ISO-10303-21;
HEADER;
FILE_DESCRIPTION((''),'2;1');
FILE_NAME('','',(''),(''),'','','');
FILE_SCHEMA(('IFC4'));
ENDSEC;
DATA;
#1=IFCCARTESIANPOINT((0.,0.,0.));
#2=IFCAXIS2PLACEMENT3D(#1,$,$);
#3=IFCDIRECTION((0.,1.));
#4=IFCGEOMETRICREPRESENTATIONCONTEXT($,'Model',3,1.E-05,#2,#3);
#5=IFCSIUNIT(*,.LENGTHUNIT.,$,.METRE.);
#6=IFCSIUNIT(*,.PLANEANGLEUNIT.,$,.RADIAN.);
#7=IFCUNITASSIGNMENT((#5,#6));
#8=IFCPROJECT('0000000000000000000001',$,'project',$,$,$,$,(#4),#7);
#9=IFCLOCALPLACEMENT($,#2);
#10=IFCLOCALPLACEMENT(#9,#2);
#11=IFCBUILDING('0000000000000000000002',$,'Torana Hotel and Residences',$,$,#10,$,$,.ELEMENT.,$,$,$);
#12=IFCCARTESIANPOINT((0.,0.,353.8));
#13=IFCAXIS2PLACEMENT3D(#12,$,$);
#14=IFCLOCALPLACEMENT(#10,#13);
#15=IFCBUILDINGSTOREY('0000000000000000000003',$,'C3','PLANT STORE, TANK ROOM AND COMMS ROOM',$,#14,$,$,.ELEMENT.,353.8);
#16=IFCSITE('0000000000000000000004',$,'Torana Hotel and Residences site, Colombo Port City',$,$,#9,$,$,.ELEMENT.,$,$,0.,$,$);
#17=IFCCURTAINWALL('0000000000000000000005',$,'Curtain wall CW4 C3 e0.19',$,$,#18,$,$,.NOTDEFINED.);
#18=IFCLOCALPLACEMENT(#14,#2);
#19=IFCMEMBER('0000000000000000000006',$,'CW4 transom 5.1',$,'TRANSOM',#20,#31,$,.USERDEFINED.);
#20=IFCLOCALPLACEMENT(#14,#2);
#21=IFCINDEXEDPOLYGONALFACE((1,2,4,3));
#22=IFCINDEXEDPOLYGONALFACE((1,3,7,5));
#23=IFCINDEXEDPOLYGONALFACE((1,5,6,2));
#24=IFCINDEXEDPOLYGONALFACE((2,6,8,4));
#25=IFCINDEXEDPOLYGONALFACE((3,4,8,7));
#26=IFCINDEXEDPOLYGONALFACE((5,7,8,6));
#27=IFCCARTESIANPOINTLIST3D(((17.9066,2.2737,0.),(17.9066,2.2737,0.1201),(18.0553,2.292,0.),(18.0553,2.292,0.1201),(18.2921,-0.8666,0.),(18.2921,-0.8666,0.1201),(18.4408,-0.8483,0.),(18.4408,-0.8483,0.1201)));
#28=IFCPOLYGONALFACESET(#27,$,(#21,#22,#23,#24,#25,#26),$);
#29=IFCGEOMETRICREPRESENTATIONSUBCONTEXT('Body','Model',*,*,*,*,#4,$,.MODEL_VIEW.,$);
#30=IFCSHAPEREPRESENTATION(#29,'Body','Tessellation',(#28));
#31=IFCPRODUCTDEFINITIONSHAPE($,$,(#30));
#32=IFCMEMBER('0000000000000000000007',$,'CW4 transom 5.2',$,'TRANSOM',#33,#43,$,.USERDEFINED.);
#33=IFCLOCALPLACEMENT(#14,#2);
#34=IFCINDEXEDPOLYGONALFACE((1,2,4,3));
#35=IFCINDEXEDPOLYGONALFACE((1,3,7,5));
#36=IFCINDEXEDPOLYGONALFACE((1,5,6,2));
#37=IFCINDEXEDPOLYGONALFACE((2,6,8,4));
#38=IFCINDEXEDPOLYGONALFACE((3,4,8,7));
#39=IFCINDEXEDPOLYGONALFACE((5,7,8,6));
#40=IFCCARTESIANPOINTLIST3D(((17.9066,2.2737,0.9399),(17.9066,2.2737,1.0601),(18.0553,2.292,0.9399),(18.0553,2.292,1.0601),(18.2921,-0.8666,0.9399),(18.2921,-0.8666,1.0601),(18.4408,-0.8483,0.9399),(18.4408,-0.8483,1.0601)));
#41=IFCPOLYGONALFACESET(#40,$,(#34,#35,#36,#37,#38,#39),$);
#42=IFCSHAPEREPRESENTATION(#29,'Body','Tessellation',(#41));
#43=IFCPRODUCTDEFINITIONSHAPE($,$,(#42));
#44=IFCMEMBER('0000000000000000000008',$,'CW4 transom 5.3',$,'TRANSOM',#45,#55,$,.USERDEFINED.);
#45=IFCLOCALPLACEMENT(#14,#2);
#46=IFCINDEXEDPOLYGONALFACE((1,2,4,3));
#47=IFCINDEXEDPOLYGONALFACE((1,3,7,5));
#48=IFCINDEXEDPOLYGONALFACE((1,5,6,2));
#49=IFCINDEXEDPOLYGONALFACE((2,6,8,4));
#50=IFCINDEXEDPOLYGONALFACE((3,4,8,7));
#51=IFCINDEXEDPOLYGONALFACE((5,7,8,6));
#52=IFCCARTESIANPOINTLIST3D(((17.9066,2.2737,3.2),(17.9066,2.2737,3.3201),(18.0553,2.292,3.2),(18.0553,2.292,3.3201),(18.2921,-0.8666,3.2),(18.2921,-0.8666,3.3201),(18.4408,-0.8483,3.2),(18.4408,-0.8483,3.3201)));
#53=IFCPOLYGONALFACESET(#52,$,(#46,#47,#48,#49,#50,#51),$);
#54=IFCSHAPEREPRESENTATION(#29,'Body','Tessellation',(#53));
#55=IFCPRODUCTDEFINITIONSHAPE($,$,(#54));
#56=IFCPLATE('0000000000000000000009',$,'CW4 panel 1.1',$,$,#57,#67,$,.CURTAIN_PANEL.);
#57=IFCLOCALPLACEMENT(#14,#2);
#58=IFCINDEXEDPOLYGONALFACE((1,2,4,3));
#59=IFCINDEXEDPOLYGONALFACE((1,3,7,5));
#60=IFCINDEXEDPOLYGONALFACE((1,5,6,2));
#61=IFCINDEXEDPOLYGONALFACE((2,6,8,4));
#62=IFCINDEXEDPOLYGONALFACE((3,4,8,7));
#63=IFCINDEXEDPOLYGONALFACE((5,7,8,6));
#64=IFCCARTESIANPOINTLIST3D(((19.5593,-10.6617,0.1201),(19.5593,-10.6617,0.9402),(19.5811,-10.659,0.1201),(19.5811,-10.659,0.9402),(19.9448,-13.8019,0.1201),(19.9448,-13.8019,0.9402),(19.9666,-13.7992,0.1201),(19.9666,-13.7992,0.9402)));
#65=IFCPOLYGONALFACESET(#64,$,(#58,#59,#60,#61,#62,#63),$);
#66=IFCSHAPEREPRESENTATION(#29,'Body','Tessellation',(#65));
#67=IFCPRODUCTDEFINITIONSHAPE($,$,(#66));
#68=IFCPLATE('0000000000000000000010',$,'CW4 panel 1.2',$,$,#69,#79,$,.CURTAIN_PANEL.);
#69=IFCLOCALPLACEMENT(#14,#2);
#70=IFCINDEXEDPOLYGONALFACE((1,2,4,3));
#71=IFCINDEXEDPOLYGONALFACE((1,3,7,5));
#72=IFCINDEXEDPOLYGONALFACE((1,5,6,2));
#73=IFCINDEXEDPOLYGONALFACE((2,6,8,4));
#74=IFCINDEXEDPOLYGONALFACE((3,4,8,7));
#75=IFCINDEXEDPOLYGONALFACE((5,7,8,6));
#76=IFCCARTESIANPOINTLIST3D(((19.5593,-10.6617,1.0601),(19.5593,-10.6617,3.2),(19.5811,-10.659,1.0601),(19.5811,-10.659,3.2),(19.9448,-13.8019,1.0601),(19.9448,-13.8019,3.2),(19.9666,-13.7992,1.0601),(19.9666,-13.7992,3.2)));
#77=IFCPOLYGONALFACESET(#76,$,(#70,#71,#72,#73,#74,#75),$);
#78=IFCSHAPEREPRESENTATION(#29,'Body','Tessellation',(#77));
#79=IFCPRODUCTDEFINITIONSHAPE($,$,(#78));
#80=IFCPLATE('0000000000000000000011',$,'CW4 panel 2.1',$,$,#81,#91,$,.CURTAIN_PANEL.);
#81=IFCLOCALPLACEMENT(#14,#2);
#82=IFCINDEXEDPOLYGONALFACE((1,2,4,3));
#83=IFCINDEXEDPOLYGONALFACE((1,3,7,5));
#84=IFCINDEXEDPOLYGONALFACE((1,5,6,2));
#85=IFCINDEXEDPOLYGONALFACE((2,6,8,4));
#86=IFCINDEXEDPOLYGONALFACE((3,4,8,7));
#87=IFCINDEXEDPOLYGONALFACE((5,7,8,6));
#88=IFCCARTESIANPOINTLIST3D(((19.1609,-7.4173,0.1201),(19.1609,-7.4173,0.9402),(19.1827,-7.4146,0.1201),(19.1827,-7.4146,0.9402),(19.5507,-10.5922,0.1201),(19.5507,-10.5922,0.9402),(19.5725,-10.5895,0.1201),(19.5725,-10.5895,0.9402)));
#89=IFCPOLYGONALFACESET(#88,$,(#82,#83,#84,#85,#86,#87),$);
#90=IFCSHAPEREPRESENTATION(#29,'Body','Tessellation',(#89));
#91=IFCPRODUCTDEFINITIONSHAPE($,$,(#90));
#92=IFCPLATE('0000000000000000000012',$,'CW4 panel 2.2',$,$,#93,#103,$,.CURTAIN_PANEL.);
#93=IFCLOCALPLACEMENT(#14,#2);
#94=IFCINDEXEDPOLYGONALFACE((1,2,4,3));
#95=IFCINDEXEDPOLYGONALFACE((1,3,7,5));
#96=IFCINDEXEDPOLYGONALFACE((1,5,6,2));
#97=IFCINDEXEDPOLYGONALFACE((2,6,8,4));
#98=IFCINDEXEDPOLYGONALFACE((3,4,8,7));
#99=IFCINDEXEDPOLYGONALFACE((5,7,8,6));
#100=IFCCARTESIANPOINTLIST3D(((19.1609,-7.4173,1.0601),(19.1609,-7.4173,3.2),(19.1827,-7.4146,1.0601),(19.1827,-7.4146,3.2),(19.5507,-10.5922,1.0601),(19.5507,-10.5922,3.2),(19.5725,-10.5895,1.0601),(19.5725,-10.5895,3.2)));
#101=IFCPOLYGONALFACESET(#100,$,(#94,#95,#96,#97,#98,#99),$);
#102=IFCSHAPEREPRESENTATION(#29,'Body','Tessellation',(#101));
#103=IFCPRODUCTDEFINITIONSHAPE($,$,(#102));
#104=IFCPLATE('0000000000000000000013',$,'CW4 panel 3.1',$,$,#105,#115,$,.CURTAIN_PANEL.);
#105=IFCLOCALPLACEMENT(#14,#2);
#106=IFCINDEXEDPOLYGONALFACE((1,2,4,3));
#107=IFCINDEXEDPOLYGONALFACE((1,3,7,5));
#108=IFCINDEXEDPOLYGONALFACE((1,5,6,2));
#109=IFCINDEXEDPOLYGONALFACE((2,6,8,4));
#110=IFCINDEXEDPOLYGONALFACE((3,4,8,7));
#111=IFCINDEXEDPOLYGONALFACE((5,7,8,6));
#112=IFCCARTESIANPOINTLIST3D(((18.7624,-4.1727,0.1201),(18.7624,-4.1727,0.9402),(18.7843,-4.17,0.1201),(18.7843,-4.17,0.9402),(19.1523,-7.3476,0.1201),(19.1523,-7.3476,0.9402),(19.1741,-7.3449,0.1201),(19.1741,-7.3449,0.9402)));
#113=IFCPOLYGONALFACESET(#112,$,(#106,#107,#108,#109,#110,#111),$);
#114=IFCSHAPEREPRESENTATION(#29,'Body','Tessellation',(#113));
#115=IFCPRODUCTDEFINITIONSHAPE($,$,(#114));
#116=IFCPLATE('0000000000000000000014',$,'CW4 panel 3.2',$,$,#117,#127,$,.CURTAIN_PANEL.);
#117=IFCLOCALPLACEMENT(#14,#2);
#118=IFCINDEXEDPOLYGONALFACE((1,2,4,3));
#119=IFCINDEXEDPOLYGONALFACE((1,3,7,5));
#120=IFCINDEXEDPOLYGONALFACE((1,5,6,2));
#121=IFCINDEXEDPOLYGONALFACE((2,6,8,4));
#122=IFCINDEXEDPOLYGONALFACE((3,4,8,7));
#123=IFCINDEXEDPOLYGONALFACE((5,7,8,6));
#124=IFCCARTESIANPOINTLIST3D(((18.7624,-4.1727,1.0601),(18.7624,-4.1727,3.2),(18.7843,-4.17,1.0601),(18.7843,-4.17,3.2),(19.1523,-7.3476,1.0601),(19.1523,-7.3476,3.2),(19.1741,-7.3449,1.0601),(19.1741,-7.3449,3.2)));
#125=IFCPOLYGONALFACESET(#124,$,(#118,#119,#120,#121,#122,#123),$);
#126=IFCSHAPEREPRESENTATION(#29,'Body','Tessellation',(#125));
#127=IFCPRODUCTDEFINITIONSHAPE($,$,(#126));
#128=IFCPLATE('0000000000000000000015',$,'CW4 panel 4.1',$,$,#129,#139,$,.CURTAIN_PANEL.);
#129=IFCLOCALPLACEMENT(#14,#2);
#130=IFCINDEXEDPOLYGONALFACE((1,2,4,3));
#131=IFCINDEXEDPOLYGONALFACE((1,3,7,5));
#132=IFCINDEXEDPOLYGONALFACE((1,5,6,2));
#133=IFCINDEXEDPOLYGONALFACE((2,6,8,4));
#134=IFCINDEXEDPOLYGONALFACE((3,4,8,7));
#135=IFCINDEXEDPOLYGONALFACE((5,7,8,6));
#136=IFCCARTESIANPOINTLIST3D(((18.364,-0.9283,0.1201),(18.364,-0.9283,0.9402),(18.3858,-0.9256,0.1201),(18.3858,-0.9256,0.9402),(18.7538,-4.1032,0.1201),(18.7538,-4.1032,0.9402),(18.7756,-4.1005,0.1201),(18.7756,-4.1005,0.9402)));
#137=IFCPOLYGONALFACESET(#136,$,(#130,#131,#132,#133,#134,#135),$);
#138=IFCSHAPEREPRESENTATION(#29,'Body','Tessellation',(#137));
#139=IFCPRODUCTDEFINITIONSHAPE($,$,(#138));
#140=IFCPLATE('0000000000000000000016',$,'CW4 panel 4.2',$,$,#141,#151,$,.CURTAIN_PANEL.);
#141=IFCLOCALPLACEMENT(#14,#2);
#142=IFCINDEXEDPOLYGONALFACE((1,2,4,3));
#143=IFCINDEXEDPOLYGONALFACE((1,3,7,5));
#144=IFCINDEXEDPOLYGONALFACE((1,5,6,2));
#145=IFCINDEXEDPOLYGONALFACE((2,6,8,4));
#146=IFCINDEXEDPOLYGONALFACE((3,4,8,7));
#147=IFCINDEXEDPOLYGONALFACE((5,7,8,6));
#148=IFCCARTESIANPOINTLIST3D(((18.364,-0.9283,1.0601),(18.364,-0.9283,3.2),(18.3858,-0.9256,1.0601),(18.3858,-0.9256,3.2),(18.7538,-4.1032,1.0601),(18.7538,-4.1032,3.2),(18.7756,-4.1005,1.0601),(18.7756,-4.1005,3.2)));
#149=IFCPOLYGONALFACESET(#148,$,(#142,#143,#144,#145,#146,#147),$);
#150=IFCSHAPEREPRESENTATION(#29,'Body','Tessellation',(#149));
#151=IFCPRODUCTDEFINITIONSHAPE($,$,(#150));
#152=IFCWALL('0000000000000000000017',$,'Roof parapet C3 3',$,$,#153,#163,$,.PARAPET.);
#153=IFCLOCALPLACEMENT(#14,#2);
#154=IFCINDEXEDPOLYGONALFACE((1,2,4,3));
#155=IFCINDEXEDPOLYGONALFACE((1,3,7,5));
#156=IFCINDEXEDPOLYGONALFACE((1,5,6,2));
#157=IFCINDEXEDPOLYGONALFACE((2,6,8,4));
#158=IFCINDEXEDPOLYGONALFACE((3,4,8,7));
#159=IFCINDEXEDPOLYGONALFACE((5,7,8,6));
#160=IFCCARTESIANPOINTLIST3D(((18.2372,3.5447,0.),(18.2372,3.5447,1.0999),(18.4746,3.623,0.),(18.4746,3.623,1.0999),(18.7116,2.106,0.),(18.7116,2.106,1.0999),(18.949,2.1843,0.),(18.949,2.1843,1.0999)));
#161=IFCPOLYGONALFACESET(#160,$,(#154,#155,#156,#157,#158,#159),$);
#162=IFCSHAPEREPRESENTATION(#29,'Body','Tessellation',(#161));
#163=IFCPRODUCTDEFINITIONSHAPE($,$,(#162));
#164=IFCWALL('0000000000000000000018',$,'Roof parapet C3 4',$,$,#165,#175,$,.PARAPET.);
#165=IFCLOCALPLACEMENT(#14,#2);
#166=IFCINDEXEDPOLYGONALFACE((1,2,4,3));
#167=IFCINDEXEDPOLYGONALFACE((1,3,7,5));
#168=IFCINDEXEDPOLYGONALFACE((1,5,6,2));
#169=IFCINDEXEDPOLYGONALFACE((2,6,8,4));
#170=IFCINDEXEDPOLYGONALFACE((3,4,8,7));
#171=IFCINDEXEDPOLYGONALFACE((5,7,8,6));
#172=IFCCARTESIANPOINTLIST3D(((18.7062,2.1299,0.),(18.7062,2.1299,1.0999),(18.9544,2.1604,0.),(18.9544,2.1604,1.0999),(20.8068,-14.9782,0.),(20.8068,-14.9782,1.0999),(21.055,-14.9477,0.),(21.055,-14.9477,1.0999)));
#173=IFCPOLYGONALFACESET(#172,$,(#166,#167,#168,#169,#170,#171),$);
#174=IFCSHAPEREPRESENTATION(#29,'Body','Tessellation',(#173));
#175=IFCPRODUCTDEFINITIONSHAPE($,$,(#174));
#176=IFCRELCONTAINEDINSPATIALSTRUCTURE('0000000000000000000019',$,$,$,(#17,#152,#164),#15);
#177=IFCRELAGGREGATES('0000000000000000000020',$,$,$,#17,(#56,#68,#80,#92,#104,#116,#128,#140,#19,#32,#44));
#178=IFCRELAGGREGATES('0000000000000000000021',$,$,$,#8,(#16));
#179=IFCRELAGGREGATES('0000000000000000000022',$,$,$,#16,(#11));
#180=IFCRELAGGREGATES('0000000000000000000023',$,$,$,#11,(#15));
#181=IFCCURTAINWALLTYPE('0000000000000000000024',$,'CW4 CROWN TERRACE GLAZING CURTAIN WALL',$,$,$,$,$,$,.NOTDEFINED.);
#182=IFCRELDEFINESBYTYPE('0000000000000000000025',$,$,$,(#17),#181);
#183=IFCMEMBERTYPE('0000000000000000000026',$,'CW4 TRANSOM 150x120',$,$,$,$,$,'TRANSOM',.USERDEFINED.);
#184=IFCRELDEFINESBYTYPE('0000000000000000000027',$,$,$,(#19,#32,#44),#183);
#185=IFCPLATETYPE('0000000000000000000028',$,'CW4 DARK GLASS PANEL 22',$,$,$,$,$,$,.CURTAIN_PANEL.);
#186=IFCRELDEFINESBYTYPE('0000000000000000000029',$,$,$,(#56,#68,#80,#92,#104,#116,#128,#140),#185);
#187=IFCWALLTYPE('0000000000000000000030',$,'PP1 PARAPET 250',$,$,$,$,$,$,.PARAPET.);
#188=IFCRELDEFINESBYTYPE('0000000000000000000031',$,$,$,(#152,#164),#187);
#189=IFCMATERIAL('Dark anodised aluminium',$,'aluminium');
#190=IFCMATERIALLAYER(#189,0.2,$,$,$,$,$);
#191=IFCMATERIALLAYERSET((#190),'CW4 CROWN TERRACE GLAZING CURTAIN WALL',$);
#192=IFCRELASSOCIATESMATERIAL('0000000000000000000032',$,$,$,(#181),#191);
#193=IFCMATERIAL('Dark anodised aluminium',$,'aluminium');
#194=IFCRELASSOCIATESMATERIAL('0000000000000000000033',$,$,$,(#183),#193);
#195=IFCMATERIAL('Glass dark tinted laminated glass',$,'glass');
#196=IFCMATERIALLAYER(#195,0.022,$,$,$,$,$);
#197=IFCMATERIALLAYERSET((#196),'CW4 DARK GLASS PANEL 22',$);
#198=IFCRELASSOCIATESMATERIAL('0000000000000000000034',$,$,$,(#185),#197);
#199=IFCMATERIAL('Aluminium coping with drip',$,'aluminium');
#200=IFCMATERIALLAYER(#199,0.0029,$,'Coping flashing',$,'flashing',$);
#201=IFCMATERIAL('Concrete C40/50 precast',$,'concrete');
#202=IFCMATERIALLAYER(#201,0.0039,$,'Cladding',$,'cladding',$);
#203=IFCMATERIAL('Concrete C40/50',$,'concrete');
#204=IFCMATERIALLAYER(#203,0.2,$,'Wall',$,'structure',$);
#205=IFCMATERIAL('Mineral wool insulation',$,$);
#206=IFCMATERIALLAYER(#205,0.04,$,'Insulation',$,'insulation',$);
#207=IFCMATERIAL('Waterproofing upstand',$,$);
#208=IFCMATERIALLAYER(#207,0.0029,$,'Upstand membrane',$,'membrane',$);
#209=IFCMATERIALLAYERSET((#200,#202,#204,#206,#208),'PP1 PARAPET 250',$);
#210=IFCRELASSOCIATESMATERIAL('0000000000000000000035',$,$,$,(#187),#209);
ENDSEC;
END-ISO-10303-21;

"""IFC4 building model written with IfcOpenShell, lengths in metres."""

from ifc_helpers import new_model, si_unit, direction, frame, frame_2d, origin, origin_2d, place, context, subcontext, project, spatial, rectangle, extrude, material, layer, layer_set, material_profile, profile_set, type_object, element, aggregate, save


model = new_model("IFC4")

# Units and contexts
model_context = context("Model", 3, precision=1e-05, world=origin(), true_north=direction((0.0, 1.0)))
body_context = subcontext(model_context, "Body", "Model", "MODEL_VIEW")
ifc_project = project(units=[si_unit("LENGTHUNIT", "METRE"), si_unit("PLANEANGLEUNIT", "RADIAN")], contexts=[model_context])

# Site, building, storey
site_placement = place(None, origin())
site = spatial("IfcSite", under=ifc_project, at=site_placement, Name="Torana Hotel and Residences site, Colombo Port City", CompositionType="ELEMENT", RefElevation=0.0)
building_placement = place(site_placement, origin())
building = spatial("IfcBuilding", under=site, at=building_placement, Name="Torana Hotel and Residences", CompositionType="ELEMENT")
storey_placement = place(building_placement, frame((0.0, 0.0, 353.8)))
storey = spatial("IfcBuildingStorey", under=building, at=storey_placement, Name="C3", Description="PLANT STORE, TANK ROOM AND COMMS ROOM", CompositionType="ELEMENT", Elevation=353.8)

# Curtain wall, members, plates
ifc_material_1 = material(Name="Dark anodised aluminium", Category="aluminium")
ifc_layer_1 = layer(ifc_material_1, 0.2)
ifc_layer_set_1 = layer_set([ifc_layer_1], Name="CW4 CROWN TERRACE GLAZING CURTAIN WALL")
curtain_wall_type = type_object("IfcCurtainWallType", Name="CW4 CROWN TERRACE GLAZING CURTAIN WALL", PredefinedType="NOTDEFINED", material=ifc_layer_set_1)
curtain_wall_placement = place(storey_placement, origin())
curtain_wall = element("IfcCurtainWall", 1, at=curtain_wall_placement, inside=storey, type_object=curtain_wall_type, Name="Curtain wall CW4 C3 e0.19", PredefinedType="NOTDEFINED")
ifc_material_2 = material(Name="Dark anodised aluminium", Category="aluminium")
ifc_material_profile_1 = material_profile(ifc_material_2, rectangle(XDim=0.1499, YDim=0.1201, at=origin_2d()), Name="CW4 TRANSOM 150x120")
ifc_profile_set_1 = profile_set([ifc_material_profile_1], Name="Dark anodised aluminium")
member_type_1 = type_object("IfcMemberType", Name="CW4 TRANSOM 150x120", ElementType="TRANSOM", PredefinedType="USERDEFINED", material=ifc_profile_set_1)
member_1_placement = place(storey_placement, frame((18.3665, -0.8574, 0.0601), z_axis=(-0.12185, 0.992549, 0.0), x_axis=(-0.992549, -0.12185, 0.0)))
member_1 = element("IfcMember", 2, at=member_1_placement, type_object=member_type_1, Name="CW4 transom 5.1", ObjectType="TRANSOM", PredefinedType="USERDEFINED", context=body_context, shape_type="SweptSolid", body=[
    extrude(rectangle(XDim=0.1499, YDim=0.1201, at=origin_2d()), origin(), (0.0, 0.0, 1.0), 3.1638),
])
member_2_placement = place(storey_placement, frame((18.3665, -0.8574, 1.0), z_axis=(-0.12185, 0.992549, 0.0), x_axis=(-0.992549, -0.12185, 0.0)))
member_2 = element("IfcMember", 3, at=member_2_placement, type_object=member_type_1, Name="CW4 transom 5.2", ObjectType="TRANSOM", PredefinedType="USERDEFINED", context=body_context, shape_type="SweptSolid", body=[
    extrude(rectangle(XDim=0.1499, YDim=0.1201, at=origin_2d()), origin(), (0.0, 0.0, 1.0), 3.1638),
])
member_3_placement = place(storey_placement, frame((18.3665, -0.8574, 3.26), z_axis=(-0.12185, 0.992549, 0.0), x_axis=(-0.992549, -0.12185, 0.0)))
member_3 = element("IfcMember", 4, at=member_3_placement, type_object=member_type_1, Name="CW4 transom 5.3", ObjectType="TRANSOM", PredefinedType="USERDEFINED", context=body_context, shape_type="SweptSolid", body=[
    extrude(rectangle(XDim=0.1499, YDim=0.1201, at=origin_2d()), origin(), (0.0, 0.0, 1.0), 3.1638),
])
ifc_material_3 = material(Name="Glass dark tinted laminated glass", Category="glass")
ifc_layer_2 = layer(ifc_material_3, 0.022)
ifc_layer_set_2 = layer_set([ifc_layer_2], Name="CW4 DARK GLASS PANEL 22")
plate_type = type_object("IfcPlateType", Name="CW4 DARK GLASS PANEL 22", PredefinedType="CURTAIN_PANEL", material=ifc_layer_set_2)
plate_1_placement = place(storey_placement, frame((19.7629, -12.2305, 0.1201), z_axis=(0.0, 0.0, 1.0), x_axis=(-0.121867, 0.992546, 0.0)))
plate_1 = element("IfcPlate", 5, at=plate_1_placement, type_object=plate_type, Name="CW4 panel 1.1", PredefinedType="CURTAIN_PANEL", context=body_context, shape_type="SweptSolid", body=[
    extrude(rectangle(XDim=3.1638, YDim=0.022, at=origin_2d()), origin(), (0.0, 0.0, 1.0), 0.8201),
])
plate_2_placement = place(storey_placement, frame((19.7629, -12.2305, 1.0601), z_axis=(0.0, 0.0, 1.0), x_axis=(-0.121867, 0.992546, 0.0)))
plate_2 = element("IfcPlate", 6, at=plate_2_placement, type_object=plate_type, Name="CW4 panel 1.2", PredefinedType="CURTAIN_PANEL", context=body_context, shape_type="SweptSolid", body=[
    extrude(rectangle(XDim=3.1638, YDim=0.022, at=origin_2d()), origin(), (0.0, 0.0, 1.0), 2.1399),
])
plate_3_placement = place(storey_placement, frame((19.3667, -9.0034, 0.1201), z_axis=(0.0, 0.0, 1.0), x_axis=(-0.121867, 0.992546, 0.0)))
plate_3 = element("IfcPlate", 7, at=plate_3_placement, type_object=plate_type, Name="CW4 panel 2.1", PredefinedType="CURTAIN_PANEL", context=body_context, shape_type="SweptSolid", body=[
    extrude(rectangle(XDim=3.1987, YDim=0.022, at=origin_2d()), origin(), (0.0, 0.0, 1.0), 0.8201),
])
plate_4_placement = place(storey_placement, frame((19.3667, -9.0034, 1.0601), z_axis=(0.0, 0.0, 1.0), x_axis=(-0.121867, 0.992546, 0.0)))
plate_4 = element("IfcPlate", 8, at=plate_4_placement, type_object=plate_type, Name="CW4 panel 2.2", PredefinedType="CURTAIN_PANEL", context=body_context, shape_type="SweptSolid", body=[
    extrude(rectangle(XDim=3.1987, YDim=0.022, at=origin_2d()), origin(), (0.0, 0.0, 1.0), 2.1399),
])
plate_5_placement = place(storey_placement, frame((18.9683, -5.7588, 0.1201), z_axis=(0.0, 0.0, 1.0), x_axis=(-0.121867, 0.992546, 0.0)))
plate_5 = element("IfcPlate", 9, at=plate_5_placement, type_object=plate_type, Name="CW4 panel 3.1", PredefinedType="CURTAIN_PANEL", context=body_context, shape_type="SweptSolid", body=[
    extrude(rectangle(XDim=3.1987, YDim=0.022, at=origin_2d()), origin(), (0.0, 0.0, 1.0), 0.8201),
])
plate_6_placement = place(storey_placement, frame((18.9683, -5.7588, 1.0601), z_axis=(0.0, 0.0, 1.0), x_axis=(-0.121867, 0.992546, 0.0)))
plate_6 = element("IfcPlate", 10, at=plate_6_placement, type_object=plate_type, Name="CW4 panel 3.2", PredefinedType="CURTAIN_PANEL", context=body_context, shape_type="SweptSolid", body=[
    extrude(rectangle(XDim=3.1987, YDim=0.022, at=origin_2d()), origin(), (0.0, 0.0, 1.0), 2.1399),
])
plate_7_placement = place(storey_placement, frame((18.5698, -2.5144, 0.1201), z_axis=(0.0, 0.0, 1.0), x_axis=(-0.121867, 0.992546, 0.0)))
plate_7 = element("IfcPlate", 11, at=plate_7_placement, type_object=plate_type, Name="CW4 panel 4.1", PredefinedType="CURTAIN_PANEL", context=body_context, shape_type="SweptSolid", body=[
    extrude(rectangle(XDim=3.1987, YDim=0.022, at=origin_2d()), origin(), (0.0, 0.0, 1.0), 0.8201),
])
plate_8_placement = place(storey_placement, frame((18.5698, -2.5144, 1.0601), z_axis=(0.0, 0.0, 1.0), x_axis=(-0.121867, 0.992546, 0.0)))
plate_8 = element("IfcPlate", 12, at=plate_8_placement, type_object=plate_type, Name="CW4 panel 4.2", PredefinedType="CURTAIN_PANEL", context=body_context, shape_type="SweptSolid", body=[
    extrude(rectangle(XDim=3.1987, YDim=0.022, at=origin_2d()), origin(), (0.0, 0.0, 1.0), 2.1399),
])
aggregate(curtain_wall, [plate_1, plate_2, plate_3, plate_4, plate_5, plate_6, plate_7, plate_8, member_1, member_2, member_3])

# Walls
ifc_material_4 = material(Name="Aluminium coping with drip", Category="aluminium")
ifc_layer_3 = layer(ifc_material_4, 0.0029, Name="Coping flashing", Category="flashing")
ifc_material_5 = material(Name="Concrete C40/50 precast", Category="concrete")
ifc_layer_4 = layer(ifc_material_5, 0.0039, Name="Cladding", Category="cladding")
ifc_material_6 = material(Name="Concrete C40/50", Category="concrete")
ifc_layer_5 = layer(ifc_material_6, 0.2, Name="Wall", Category="structure")
ifc_material_7 = material(Name="Mineral wool insulation")
ifc_layer_6 = layer(ifc_material_7, 0.04, Name="Insulation", Category="insulation")
ifc_material_8 = material(Name="Waterproofing upstand")
ifc_layer_7 = layer(ifc_material_8, 0.0029, Name="Upstand membrane", Category="membrane")
ifc_layer_set_3 = layer_set([ifc_layer_3, ifc_layer_4, ifc_layer_5, ifc_layer_6, ifc_layer_7], Name="PP1 PARAPET 250")
wall_type = type_object("IfcWallType", Name="PP1 PARAPET 250", PredefinedType="PARAPET", material=ifc_layer_set_3)
wall_1_placement = place(storey_placement, frame((18.356, 3.5837, 0.0), z_axis=(0.0, 0.0, 1.0), x_axis=(0.313132, -0.94971, 0.0)))
element("IfcWall", 13, at=wall_1_placement, inside=storey, type_object=wall_type, Name="Roof parapet C3 3", PredefinedType="PARAPET", context=body_context, shape_type="SweptSolid", body=[
    extrude(rectangle(XDim=1.5149, YDim=0.25, at=frame_2d((0.7573, 0.0))), origin(), (0.0, 0.0, 1.0), 1.0999),
])
wall_2_placement = place(storey_placement, frame((18.8303, 2.145, 0.0), z_axis=(0.0, 0.0, 1.0), x_axis=(0.121868, -0.992546, 0.0)))
element("IfcWall", 14, at=wall_2_placement, inside=storey, type_object=wall_type, Name="Roof parapet C3 4", PredefinedType="PARAPET", context=body_context, shape_type="SweptSolid", body=[
    extrude(rectangle(XDim=17.2366, YDim=0.25, at=frame_2d((8.6182, 0.0))), origin(), (0.0, 0.0, 1.0), 1.0999),
])

save(model, "model.ifc")
